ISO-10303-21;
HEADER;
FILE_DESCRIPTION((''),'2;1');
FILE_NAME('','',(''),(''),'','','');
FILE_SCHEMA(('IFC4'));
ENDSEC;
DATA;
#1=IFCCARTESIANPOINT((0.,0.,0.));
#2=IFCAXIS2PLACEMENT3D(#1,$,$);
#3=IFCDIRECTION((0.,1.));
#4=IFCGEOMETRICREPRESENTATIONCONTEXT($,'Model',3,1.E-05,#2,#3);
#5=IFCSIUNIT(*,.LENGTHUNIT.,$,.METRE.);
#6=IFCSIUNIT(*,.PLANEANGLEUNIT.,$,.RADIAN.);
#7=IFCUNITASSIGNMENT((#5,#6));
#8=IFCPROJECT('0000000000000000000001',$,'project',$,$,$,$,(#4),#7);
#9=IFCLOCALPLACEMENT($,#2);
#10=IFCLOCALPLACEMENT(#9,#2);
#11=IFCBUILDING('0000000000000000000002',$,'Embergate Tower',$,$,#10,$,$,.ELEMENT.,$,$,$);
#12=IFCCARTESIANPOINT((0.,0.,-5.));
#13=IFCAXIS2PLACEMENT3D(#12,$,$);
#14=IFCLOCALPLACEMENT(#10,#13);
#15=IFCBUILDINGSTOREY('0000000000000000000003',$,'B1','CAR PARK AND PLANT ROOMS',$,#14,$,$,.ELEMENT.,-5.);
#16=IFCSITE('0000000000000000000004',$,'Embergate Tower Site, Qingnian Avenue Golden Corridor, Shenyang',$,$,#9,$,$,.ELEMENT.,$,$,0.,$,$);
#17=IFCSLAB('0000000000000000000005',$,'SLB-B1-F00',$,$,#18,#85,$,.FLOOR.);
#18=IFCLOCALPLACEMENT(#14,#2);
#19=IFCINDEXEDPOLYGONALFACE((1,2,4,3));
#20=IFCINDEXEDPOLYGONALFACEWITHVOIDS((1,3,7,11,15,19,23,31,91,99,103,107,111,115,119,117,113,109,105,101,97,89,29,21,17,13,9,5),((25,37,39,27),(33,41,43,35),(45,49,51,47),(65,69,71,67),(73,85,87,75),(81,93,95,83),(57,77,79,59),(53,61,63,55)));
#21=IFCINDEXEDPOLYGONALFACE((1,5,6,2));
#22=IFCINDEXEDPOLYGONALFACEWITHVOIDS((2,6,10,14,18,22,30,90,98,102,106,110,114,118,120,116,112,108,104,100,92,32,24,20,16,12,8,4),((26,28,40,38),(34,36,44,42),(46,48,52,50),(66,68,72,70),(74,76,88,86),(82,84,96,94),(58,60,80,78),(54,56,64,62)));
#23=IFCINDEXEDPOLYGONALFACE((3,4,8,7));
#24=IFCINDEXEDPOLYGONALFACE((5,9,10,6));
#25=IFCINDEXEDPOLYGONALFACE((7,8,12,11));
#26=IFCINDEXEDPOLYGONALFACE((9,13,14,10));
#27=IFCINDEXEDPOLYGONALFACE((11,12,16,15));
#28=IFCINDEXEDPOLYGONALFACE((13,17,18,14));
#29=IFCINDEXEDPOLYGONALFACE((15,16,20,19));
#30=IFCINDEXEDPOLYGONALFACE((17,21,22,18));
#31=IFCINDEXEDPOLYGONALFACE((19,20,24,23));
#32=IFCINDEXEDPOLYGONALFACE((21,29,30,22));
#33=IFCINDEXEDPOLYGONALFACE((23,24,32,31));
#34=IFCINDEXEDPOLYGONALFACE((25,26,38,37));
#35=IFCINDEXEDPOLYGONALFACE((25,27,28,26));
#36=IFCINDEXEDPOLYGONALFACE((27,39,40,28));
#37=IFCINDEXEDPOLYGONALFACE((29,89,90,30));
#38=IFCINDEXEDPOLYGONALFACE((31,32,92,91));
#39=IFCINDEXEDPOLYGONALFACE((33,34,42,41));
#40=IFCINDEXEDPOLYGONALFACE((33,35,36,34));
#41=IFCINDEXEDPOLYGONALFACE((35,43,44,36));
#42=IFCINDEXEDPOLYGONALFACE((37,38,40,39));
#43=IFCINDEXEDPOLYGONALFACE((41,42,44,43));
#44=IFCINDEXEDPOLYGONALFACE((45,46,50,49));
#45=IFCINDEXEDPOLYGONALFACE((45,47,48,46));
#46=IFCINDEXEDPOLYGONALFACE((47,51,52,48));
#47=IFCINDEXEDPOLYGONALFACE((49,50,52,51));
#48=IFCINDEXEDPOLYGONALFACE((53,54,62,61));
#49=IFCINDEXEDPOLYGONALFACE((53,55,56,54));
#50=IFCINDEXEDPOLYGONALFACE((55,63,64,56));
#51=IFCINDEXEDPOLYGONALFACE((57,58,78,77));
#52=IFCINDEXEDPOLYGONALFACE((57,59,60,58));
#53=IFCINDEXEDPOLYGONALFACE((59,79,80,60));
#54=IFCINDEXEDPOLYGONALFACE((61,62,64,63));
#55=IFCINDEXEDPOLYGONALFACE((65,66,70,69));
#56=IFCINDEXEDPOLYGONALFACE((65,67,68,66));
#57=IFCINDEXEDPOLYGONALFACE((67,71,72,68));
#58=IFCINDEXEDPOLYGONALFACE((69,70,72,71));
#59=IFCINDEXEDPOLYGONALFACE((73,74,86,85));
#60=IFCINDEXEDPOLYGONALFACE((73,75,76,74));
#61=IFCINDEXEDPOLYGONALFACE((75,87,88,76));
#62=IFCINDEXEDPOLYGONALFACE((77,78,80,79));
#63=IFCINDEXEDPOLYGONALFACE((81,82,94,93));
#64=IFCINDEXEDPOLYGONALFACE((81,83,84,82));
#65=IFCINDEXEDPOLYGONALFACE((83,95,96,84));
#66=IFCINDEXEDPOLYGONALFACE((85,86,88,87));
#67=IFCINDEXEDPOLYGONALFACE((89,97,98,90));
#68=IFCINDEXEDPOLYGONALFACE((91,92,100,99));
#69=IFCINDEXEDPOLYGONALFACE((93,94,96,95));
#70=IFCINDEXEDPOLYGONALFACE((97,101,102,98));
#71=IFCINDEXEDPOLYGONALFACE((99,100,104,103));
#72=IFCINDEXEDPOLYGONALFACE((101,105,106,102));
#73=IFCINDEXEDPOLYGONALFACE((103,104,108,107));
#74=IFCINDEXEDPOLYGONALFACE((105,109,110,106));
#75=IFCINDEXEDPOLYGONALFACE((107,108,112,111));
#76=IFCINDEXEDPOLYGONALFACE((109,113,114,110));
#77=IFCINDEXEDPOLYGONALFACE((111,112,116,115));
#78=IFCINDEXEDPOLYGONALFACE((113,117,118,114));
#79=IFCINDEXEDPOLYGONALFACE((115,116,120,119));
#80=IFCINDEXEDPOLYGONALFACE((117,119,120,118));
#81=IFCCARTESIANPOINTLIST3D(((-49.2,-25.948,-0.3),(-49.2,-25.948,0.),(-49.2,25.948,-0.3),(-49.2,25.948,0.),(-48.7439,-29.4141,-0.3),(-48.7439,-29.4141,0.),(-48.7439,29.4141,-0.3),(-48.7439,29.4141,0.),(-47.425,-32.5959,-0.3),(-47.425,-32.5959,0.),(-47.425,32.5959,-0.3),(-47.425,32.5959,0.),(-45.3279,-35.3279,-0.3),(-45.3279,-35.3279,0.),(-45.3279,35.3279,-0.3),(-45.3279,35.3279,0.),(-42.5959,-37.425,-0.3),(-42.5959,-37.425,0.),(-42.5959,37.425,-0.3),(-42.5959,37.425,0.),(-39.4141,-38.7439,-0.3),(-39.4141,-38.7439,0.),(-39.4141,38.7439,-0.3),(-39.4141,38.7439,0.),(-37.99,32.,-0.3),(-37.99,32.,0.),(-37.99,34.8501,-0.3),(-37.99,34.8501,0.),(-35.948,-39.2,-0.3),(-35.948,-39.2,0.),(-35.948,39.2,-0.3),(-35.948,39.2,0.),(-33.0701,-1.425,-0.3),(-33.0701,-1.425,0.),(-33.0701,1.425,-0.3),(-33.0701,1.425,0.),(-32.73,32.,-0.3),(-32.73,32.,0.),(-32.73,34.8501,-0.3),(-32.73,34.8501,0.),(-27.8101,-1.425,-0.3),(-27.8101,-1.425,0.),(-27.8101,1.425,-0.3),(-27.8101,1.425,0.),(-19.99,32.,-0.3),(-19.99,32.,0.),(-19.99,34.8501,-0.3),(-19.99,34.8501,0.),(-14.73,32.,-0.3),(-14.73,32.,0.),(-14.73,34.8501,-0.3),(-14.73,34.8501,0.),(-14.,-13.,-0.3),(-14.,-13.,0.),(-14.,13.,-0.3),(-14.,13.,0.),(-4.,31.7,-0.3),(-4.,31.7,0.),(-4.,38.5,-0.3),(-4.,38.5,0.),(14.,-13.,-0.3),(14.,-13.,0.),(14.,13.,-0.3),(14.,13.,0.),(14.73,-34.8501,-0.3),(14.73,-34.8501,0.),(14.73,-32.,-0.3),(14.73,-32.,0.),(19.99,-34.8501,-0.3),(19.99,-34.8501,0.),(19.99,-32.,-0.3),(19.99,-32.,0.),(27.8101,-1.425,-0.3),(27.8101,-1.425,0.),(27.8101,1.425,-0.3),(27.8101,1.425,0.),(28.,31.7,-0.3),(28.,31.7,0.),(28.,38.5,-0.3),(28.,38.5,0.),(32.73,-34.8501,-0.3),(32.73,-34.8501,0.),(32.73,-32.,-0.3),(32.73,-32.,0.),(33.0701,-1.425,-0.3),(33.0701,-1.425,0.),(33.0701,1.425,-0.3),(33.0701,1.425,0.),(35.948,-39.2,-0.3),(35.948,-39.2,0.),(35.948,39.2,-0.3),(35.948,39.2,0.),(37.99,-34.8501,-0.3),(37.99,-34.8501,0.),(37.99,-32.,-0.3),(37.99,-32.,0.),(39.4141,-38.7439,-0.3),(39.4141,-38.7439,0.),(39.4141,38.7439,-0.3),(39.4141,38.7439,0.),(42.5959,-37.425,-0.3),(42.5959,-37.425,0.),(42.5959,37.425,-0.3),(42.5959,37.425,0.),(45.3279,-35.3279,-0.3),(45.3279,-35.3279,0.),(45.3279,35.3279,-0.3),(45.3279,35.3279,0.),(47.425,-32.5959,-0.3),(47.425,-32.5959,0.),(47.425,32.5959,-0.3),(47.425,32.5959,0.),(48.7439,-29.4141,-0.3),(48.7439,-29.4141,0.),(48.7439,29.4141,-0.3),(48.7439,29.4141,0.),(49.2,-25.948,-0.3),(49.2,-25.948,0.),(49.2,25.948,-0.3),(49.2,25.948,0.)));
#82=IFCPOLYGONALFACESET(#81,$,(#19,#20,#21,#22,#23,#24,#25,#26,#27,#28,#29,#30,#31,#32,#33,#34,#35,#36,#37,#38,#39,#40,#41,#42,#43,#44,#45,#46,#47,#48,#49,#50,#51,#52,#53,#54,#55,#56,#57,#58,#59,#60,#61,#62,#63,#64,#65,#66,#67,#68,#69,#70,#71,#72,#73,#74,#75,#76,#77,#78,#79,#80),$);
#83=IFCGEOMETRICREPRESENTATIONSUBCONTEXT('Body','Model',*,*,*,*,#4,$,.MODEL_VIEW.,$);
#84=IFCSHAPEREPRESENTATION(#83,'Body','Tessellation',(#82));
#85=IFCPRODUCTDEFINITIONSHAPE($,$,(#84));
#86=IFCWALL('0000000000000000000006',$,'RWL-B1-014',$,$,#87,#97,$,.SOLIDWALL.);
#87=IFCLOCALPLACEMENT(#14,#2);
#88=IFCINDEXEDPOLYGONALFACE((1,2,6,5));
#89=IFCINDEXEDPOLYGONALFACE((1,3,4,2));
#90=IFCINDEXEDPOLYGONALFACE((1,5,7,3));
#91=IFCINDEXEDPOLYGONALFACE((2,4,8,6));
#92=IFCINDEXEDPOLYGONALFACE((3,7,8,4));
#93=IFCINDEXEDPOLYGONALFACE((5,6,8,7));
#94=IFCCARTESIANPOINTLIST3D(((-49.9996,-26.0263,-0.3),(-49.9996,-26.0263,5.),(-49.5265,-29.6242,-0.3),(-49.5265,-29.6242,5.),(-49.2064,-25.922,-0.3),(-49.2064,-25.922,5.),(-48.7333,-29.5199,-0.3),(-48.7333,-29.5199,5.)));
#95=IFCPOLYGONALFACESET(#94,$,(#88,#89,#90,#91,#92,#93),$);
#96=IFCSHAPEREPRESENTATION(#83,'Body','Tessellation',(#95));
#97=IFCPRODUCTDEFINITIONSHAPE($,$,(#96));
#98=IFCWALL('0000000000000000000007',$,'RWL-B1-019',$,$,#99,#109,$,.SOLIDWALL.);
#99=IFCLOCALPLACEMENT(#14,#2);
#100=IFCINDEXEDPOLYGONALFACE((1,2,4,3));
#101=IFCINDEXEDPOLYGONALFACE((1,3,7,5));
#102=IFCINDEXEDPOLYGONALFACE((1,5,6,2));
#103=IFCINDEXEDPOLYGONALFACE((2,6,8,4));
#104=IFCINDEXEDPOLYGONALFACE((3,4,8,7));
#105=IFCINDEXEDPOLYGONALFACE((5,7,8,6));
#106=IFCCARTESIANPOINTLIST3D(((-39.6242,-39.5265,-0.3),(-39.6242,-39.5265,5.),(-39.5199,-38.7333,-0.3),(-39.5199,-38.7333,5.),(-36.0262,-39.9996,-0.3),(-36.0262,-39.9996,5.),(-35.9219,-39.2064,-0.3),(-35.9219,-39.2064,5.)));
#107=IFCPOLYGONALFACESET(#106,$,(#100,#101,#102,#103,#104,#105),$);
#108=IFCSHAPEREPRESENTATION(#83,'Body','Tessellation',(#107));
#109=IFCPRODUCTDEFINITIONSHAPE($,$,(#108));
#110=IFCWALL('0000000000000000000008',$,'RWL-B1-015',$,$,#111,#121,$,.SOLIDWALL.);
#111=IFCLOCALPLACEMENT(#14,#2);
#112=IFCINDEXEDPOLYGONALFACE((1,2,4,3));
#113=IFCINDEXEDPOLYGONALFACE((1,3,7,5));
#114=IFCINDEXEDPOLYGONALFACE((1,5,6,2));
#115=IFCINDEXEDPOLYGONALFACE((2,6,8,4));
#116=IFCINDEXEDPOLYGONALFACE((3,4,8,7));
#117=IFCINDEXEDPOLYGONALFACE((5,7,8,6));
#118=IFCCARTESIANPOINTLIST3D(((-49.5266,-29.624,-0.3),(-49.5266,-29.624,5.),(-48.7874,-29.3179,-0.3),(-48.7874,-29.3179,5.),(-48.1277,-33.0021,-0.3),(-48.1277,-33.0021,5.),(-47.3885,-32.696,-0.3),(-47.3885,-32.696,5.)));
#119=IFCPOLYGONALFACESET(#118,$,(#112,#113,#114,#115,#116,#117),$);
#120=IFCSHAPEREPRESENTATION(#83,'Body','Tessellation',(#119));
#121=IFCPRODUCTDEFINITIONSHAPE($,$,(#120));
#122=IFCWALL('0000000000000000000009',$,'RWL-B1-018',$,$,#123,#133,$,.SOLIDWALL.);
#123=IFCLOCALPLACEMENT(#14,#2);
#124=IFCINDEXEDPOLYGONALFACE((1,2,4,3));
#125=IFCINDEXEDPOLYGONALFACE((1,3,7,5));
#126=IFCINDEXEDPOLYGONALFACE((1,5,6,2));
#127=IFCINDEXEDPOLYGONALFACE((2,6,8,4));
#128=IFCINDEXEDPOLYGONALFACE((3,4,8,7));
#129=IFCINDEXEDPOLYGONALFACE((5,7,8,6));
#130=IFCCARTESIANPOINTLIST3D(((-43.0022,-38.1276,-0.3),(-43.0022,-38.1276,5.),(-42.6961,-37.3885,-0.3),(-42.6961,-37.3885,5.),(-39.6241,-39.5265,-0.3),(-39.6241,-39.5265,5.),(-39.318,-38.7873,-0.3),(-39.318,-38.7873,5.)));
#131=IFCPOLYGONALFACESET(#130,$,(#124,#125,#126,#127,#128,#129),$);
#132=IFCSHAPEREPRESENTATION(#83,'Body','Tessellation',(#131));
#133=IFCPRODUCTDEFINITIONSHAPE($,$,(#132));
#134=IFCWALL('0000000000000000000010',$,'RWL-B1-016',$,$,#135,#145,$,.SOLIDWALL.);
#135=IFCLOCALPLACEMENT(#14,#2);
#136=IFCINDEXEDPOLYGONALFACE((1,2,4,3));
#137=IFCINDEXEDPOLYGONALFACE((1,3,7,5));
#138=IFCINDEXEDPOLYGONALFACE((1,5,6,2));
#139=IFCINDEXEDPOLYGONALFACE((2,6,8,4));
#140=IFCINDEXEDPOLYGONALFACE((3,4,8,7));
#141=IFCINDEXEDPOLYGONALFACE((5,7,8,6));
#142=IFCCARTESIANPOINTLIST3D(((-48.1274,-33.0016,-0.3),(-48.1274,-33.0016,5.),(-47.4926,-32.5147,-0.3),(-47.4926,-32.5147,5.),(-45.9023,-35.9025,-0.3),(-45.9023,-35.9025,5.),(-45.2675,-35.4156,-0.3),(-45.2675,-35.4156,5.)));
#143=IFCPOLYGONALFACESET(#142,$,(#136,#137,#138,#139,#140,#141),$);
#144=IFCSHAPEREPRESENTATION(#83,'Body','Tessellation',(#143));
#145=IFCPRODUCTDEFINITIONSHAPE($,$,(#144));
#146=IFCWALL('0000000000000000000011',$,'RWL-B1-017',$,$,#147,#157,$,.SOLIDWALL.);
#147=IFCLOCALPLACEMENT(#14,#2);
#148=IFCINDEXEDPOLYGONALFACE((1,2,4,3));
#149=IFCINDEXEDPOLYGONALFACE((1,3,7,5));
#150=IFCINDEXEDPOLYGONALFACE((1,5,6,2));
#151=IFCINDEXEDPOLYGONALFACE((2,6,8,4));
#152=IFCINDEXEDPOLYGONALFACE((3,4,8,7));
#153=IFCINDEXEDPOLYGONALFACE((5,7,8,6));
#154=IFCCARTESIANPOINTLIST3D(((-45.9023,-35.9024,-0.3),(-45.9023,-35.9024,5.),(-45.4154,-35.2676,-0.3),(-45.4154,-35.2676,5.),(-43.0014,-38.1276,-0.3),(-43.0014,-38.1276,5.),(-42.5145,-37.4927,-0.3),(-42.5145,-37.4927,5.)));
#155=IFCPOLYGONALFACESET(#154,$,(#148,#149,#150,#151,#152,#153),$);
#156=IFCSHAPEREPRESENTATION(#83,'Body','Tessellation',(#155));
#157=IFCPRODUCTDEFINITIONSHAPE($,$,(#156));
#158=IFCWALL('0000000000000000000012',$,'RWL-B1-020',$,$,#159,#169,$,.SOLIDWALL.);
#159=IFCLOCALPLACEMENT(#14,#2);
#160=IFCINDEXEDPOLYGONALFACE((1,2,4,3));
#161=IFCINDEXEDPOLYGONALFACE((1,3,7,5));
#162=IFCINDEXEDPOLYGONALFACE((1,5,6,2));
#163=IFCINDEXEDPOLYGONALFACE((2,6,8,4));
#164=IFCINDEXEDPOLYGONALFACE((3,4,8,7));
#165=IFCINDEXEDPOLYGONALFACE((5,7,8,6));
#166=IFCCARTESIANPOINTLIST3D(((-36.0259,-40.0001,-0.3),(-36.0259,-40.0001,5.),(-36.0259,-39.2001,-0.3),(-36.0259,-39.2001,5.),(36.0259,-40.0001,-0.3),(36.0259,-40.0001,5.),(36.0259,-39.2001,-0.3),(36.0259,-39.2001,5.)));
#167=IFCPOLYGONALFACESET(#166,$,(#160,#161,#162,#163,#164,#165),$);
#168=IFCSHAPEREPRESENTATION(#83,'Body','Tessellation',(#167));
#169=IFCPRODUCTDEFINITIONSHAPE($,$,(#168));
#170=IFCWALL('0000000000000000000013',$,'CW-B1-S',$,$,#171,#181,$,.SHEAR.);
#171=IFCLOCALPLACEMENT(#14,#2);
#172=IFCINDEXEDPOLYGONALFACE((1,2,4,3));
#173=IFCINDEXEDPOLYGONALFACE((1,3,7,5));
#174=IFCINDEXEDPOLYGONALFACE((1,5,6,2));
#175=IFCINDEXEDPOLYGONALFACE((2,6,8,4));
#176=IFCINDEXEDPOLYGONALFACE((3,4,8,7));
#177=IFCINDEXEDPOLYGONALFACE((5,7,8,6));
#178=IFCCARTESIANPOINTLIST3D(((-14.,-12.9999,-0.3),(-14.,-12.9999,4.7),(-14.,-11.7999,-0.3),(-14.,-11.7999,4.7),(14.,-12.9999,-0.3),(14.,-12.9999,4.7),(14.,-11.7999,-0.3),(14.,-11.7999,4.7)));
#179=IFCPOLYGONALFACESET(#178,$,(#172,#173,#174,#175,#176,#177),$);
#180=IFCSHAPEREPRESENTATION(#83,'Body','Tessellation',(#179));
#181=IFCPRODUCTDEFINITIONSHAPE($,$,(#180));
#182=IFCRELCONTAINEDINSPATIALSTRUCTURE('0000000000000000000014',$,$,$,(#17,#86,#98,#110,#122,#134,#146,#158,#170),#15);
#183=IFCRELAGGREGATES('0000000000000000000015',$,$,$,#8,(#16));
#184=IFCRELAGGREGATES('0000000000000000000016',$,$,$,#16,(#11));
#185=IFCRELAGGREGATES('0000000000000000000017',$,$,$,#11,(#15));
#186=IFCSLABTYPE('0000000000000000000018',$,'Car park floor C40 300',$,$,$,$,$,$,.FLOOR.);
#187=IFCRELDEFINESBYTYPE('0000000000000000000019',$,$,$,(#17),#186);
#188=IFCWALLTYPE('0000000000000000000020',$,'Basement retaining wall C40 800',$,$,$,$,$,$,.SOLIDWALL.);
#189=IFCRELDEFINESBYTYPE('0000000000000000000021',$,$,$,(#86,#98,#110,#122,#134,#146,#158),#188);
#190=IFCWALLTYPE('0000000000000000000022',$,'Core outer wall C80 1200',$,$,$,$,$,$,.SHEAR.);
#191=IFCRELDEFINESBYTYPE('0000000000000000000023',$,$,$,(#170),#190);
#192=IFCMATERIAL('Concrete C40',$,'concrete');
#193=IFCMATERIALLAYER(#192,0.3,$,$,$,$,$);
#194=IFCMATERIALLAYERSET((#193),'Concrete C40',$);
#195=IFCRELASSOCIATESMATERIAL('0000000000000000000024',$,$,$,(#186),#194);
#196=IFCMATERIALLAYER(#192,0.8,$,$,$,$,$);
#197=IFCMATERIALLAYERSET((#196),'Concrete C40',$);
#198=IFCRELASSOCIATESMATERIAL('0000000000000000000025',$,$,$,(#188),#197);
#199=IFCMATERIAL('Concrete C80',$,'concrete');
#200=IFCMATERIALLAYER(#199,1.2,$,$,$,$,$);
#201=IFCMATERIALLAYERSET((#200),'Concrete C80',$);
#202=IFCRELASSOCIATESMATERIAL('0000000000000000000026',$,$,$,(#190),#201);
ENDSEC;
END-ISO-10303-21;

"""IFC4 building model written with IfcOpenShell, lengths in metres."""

from ifc_helpers import new_model, si_unit, direction, frame, frame_2d, origin, place, context, subcontext, project, spatial, polyline, rectangle, outline, extrude, source, transform, mapped, material, layer, layer_set, type_object, element, save


model = new_model("IFC4")

# Units and contexts
model_context = context("Model", 3, precision=1e-05, world=origin(), true_north=direction((0.0, 1.0)))
body_context = subcontext(model_context, "Body", "Model", "MODEL_VIEW")
ifc_project = project(units=[si_unit("LENGTHUNIT", "METRE"), si_unit("PLANEANGLEUNIT", "RADIAN")], contexts=[model_context])

# Site, building, storey
site_placement = place(None, origin())
site = spatial("IfcSite", under=ifc_project, at=site_placement, Name="Embergate Tower Site, Qingnian Avenue Golden Corridor, Shenyang", CompositionType="ELEMENT", RefElevation=0.0)
building_placement = place(site_placement, origin())
building = spatial("IfcBuilding", under=site, at=building_placement, Name="Embergate Tower", CompositionType="ELEMENT")
storey_placement = place(building_placement, frame((0.0, 0.0, -5.0)))
storey = spatial("IfcBuildingStorey", under=building, at=storey_placement, Name="B1", Description="CAR PARK AND PLANT ROOMS", CompositionType="ELEMENT", Elevation=-5.0)

# Slab
ifc_material_1 = material(Name="Concrete C40", Category="concrete")
ifc_layer_1 = layer(ifc_material_1, 0.3)
ifc_layer_set_1 = layer_set([ifc_layer_1], Name="Concrete C40")
slab_type_1 = type_object("IfcSlabType", Name="Car park floor C40 300", PredefinedType="FLOOR", material=ifc_layer_set_1)
shared_shape_1 = source(origin(), body_context, "Body", "SweptSolid", [
    extrude(outline(polyline([(0.0, 0.0), (71.896, 0.0), (75.3621, 0.4561), (78.5439, 1.7749), (81.2759, 3.8721), (83.373, 6.604), (84.6919, 9.7859), (85.1479, 13.252), (85.1479, 65.1479), (84.6919, 68.614), (83.373, 71.7959), (81.2759, 74.5278), (78.5439, 76.625), (75.3621, 77.9438), (71.896, 78.3999), (0.0, 78.3999), (-3.4661, 77.9438), (-6.6479, 76.625), (-9.3799, 74.5278), (-11.4771, 71.7959), (-12.7959, 68.614), (-13.252, 65.1479), (-13.252, 13.252), (-12.7959, 9.7859), (-11.4771, 6.604), (-9.3799, 3.8721), (-6.6479, 1.7749), (-3.4661, 0.4561), (0.0, 0.0)]), holes=[polyline([(50.678, 4.3499), (50.678, 7.2), (55.938, 7.2), (55.938, 4.3499), (50.678, 4.3499)]), polyline([(68.678, 4.3499), (68.678, 7.2), (73.938, 7.2), (73.938, 4.3499), (68.678, 4.3499)]), polyline([(21.948, 26.2), (21.948, 52.2), (49.948, 52.2), (49.948, 26.2), (21.948, 26.2)]), polyline([(2.8779, 37.7749), (2.8779, 40.625), (8.1379, 40.625), (8.1379, 37.7749), (2.8779, 37.7749)]), polyline([(63.7581, 37.7749), (63.7581, 40.625), (69.0181, 40.625), (69.0181, 37.7749), (63.7581, 37.7749)]), polyline([(31.948, 70.8999), (31.948, 77.7), (63.948, 77.7), (63.948, 70.8999), (31.948, 70.8999)]), polyline([(-2.042, 71.2), (-2.042, 74.05), (3.218, 74.05), (3.218, 71.2), (-2.042, 71.2)]), polyline([(15.958, 71.2), (15.958, 74.05), (21.218, 74.05), (21.218, 71.2), (15.958, 71.2)])]), origin(), (0.0, 0.0, 1.0), 0.3),
])
slab_1_placement = place(storey_placement, frame((-35.948, -39.2, -0.3)))
element("IfcSlab", 1, at=slab_1_placement, inside=storey, type_object=slab_type_1, Name="SLB-B1-F00", PredefinedType="FLOOR", context=body_context, shape_type="MappedRepresentation", body=[
    mapped(shared_shape_1, transform((0.0, 0.0, 0.0))),
])

# Walls
ifc_layer_2 = layer(ifc_material_1, 0.8)
ifc_layer_set_2 = layer_set([ifc_layer_2], Name="Concrete C40")
wall_type_1 = type_object("IfcWallType", Name="Basement retaining wall C40 800", PredefinedType="SOLIDWALL", material=ifc_layer_set_2)
shared_shape_2 = source(origin(), body_context, "Body", "SweptSolid", [
    extrude(rectangle(XDim=3.6289, YDim=0.8, at=frame_2d((1.8145, 0.0))), origin(), (0.0, 0.0, 1.0), 5.3),
])
for number, where, z_axis, x_axis, name in (
    (2, (-49.603, -25.9741, -0.3), (0.0, 0.0, 1.0), (0.130383, -0.991464, 0.0), "RWL-B1-014"),
    (3, (-39.572, -39.1299, -0.3), (0.0, 0.0, 1.0), (0.991464, -0.130383, 0.0), "RWL-B1-019"),
):
    element("IfcWall", number, at=place(storey_placement, frame(where, z_axis=z_axis, x_axis=x_axis)), inside=storey, type_object=wall_type_1, Name=name, PredefinedType="SOLIDWALL", context=body_context, shape_type="MappedRepresentation", body=[
        mapped(shared_shape_2, transform((0.0, 0.0, 0.0))),
    ])
shared_shape_3 = source(origin(), body_context, "Body", "SweptSolid", [
    extrude(rectangle(XDim=3.6562, YDim=0.8, at=frame_2d((1.8281, 0.0))), origin(), (0.0, 0.0, 1.0), 5.3),
])
for number, where, z_axis, x_axis, name in (
    (4, (-49.157, -29.4709, -0.3), (0.0, 0.0, 1.0), (0.382599, -0.923914, 0.0), "RWL-B1-015"),
    (5, (-42.8491, -37.7581, -0.3), (0.0, 0.0, 1.0), (0.923914, -0.382599, 0.0), "RWL-B1-018"),
):
    element("IfcWall", number, at=place(storey_placement, frame(where, z_axis=z_axis, x_axis=x_axis)), inside=storey, type_object=wall_type_1, Name=name, PredefinedType="SOLIDWALL", context=body_context, shape_type="MappedRepresentation", body=[
        mapped(shared_shape_3, transform((0.0, 0.0, 0.0))),
    ])
shared_shape_4 = source(origin(), body_context, "Body", "SweptSolid", [
    extrude(rectangle(XDim=3.656, YDim=0.8, at=frame_2d((1.8281, 0.0))), origin(), (0.0, 0.0, 1.0), 5.3),
])
for number, where, z_axis, x_axis, name in (
    (6, (-47.8101, -32.7581, -0.3), (0.0, 0.0, 1.0), (0.608619, -0.793462, 0.0), "RWL-B1-016"),
    (7, (-45.6589, -35.585, -0.3), (0.0, 0.0, 1.0), (0.793462, -0.608619, 0.0), "RWL-B1-017"),
):
    element("IfcWall", number, at=place(storey_placement, frame(where, z_axis=z_axis, x_axis=x_axis)), inside=storey, type_object=wall_type_1, Name=name, PredefinedType="SOLIDWALL", context=body_context, shape_type="MappedRepresentation", body=[
        mapped(shared_shape_4, transform((0.0, 0.0, 0.0))),
    ])
shared_shape_5 = source(origin(), body_context, "Body", "SweptSolid", [
    extrude(rectangle(XDim=72.0518, YDim=0.8, at=frame_2d((36.0259, 0.0))), origin(), (0.0, 0.0, 1.0), 5.3),
])
wall_1_placement = place(storey_placement, frame((-36.0259, -39.6001, -0.3), z_axis=(0.0, 0.0, 1.0), x_axis=(1.0, 0.0, 0.0)))
element("IfcWall", 8, at=wall_1_placement, inside=storey, type_object=wall_type_1, Name="RWL-B1-020", PredefinedType="SOLIDWALL", context=body_context, shape_type="MappedRepresentation", body=[
    mapped(shared_shape_5, transform((0.0, 0.0, 0.0))),
])
ifc_material_2 = material(Name="Concrete C80", Category="concrete")
ifc_layer_3 = layer(ifc_material_2, 1.2)
ifc_layer_set_3 = layer_set([ifc_layer_3], Name="Concrete C80")
wall_type_2 = type_object("IfcWallType", Name="Core outer wall C80 1200", PredefinedType="SHEAR", material=ifc_layer_set_3)
shared_shape_6 = source(origin(), body_context, "Body", "SweptSolid", [
    extrude(rectangle(XDim=28.0, YDim=1.2, at=frame_2d((14.0, 0.0))), origin(), (0.0, 0.0, 1.0), 5.0),
])
wall_2_placement = place(storey_placement, frame((-14.0, -12.3999, -0.3), z_axis=(0.0, 0.0, 1.0), x_axis=(1.0, 0.0, 0.0)))
element("IfcWall", 9, at=wall_2_placement, inside=storey, type_object=wall_type_2, Name="CW-B1-S", PredefinedType="SHEAR", context=body_context, shape_type="MappedRepresentation", body=[
    mapped(shared_shape_6, transform((0.0, 0.0, 0.0))),
])

save(model, "model.ifc")
